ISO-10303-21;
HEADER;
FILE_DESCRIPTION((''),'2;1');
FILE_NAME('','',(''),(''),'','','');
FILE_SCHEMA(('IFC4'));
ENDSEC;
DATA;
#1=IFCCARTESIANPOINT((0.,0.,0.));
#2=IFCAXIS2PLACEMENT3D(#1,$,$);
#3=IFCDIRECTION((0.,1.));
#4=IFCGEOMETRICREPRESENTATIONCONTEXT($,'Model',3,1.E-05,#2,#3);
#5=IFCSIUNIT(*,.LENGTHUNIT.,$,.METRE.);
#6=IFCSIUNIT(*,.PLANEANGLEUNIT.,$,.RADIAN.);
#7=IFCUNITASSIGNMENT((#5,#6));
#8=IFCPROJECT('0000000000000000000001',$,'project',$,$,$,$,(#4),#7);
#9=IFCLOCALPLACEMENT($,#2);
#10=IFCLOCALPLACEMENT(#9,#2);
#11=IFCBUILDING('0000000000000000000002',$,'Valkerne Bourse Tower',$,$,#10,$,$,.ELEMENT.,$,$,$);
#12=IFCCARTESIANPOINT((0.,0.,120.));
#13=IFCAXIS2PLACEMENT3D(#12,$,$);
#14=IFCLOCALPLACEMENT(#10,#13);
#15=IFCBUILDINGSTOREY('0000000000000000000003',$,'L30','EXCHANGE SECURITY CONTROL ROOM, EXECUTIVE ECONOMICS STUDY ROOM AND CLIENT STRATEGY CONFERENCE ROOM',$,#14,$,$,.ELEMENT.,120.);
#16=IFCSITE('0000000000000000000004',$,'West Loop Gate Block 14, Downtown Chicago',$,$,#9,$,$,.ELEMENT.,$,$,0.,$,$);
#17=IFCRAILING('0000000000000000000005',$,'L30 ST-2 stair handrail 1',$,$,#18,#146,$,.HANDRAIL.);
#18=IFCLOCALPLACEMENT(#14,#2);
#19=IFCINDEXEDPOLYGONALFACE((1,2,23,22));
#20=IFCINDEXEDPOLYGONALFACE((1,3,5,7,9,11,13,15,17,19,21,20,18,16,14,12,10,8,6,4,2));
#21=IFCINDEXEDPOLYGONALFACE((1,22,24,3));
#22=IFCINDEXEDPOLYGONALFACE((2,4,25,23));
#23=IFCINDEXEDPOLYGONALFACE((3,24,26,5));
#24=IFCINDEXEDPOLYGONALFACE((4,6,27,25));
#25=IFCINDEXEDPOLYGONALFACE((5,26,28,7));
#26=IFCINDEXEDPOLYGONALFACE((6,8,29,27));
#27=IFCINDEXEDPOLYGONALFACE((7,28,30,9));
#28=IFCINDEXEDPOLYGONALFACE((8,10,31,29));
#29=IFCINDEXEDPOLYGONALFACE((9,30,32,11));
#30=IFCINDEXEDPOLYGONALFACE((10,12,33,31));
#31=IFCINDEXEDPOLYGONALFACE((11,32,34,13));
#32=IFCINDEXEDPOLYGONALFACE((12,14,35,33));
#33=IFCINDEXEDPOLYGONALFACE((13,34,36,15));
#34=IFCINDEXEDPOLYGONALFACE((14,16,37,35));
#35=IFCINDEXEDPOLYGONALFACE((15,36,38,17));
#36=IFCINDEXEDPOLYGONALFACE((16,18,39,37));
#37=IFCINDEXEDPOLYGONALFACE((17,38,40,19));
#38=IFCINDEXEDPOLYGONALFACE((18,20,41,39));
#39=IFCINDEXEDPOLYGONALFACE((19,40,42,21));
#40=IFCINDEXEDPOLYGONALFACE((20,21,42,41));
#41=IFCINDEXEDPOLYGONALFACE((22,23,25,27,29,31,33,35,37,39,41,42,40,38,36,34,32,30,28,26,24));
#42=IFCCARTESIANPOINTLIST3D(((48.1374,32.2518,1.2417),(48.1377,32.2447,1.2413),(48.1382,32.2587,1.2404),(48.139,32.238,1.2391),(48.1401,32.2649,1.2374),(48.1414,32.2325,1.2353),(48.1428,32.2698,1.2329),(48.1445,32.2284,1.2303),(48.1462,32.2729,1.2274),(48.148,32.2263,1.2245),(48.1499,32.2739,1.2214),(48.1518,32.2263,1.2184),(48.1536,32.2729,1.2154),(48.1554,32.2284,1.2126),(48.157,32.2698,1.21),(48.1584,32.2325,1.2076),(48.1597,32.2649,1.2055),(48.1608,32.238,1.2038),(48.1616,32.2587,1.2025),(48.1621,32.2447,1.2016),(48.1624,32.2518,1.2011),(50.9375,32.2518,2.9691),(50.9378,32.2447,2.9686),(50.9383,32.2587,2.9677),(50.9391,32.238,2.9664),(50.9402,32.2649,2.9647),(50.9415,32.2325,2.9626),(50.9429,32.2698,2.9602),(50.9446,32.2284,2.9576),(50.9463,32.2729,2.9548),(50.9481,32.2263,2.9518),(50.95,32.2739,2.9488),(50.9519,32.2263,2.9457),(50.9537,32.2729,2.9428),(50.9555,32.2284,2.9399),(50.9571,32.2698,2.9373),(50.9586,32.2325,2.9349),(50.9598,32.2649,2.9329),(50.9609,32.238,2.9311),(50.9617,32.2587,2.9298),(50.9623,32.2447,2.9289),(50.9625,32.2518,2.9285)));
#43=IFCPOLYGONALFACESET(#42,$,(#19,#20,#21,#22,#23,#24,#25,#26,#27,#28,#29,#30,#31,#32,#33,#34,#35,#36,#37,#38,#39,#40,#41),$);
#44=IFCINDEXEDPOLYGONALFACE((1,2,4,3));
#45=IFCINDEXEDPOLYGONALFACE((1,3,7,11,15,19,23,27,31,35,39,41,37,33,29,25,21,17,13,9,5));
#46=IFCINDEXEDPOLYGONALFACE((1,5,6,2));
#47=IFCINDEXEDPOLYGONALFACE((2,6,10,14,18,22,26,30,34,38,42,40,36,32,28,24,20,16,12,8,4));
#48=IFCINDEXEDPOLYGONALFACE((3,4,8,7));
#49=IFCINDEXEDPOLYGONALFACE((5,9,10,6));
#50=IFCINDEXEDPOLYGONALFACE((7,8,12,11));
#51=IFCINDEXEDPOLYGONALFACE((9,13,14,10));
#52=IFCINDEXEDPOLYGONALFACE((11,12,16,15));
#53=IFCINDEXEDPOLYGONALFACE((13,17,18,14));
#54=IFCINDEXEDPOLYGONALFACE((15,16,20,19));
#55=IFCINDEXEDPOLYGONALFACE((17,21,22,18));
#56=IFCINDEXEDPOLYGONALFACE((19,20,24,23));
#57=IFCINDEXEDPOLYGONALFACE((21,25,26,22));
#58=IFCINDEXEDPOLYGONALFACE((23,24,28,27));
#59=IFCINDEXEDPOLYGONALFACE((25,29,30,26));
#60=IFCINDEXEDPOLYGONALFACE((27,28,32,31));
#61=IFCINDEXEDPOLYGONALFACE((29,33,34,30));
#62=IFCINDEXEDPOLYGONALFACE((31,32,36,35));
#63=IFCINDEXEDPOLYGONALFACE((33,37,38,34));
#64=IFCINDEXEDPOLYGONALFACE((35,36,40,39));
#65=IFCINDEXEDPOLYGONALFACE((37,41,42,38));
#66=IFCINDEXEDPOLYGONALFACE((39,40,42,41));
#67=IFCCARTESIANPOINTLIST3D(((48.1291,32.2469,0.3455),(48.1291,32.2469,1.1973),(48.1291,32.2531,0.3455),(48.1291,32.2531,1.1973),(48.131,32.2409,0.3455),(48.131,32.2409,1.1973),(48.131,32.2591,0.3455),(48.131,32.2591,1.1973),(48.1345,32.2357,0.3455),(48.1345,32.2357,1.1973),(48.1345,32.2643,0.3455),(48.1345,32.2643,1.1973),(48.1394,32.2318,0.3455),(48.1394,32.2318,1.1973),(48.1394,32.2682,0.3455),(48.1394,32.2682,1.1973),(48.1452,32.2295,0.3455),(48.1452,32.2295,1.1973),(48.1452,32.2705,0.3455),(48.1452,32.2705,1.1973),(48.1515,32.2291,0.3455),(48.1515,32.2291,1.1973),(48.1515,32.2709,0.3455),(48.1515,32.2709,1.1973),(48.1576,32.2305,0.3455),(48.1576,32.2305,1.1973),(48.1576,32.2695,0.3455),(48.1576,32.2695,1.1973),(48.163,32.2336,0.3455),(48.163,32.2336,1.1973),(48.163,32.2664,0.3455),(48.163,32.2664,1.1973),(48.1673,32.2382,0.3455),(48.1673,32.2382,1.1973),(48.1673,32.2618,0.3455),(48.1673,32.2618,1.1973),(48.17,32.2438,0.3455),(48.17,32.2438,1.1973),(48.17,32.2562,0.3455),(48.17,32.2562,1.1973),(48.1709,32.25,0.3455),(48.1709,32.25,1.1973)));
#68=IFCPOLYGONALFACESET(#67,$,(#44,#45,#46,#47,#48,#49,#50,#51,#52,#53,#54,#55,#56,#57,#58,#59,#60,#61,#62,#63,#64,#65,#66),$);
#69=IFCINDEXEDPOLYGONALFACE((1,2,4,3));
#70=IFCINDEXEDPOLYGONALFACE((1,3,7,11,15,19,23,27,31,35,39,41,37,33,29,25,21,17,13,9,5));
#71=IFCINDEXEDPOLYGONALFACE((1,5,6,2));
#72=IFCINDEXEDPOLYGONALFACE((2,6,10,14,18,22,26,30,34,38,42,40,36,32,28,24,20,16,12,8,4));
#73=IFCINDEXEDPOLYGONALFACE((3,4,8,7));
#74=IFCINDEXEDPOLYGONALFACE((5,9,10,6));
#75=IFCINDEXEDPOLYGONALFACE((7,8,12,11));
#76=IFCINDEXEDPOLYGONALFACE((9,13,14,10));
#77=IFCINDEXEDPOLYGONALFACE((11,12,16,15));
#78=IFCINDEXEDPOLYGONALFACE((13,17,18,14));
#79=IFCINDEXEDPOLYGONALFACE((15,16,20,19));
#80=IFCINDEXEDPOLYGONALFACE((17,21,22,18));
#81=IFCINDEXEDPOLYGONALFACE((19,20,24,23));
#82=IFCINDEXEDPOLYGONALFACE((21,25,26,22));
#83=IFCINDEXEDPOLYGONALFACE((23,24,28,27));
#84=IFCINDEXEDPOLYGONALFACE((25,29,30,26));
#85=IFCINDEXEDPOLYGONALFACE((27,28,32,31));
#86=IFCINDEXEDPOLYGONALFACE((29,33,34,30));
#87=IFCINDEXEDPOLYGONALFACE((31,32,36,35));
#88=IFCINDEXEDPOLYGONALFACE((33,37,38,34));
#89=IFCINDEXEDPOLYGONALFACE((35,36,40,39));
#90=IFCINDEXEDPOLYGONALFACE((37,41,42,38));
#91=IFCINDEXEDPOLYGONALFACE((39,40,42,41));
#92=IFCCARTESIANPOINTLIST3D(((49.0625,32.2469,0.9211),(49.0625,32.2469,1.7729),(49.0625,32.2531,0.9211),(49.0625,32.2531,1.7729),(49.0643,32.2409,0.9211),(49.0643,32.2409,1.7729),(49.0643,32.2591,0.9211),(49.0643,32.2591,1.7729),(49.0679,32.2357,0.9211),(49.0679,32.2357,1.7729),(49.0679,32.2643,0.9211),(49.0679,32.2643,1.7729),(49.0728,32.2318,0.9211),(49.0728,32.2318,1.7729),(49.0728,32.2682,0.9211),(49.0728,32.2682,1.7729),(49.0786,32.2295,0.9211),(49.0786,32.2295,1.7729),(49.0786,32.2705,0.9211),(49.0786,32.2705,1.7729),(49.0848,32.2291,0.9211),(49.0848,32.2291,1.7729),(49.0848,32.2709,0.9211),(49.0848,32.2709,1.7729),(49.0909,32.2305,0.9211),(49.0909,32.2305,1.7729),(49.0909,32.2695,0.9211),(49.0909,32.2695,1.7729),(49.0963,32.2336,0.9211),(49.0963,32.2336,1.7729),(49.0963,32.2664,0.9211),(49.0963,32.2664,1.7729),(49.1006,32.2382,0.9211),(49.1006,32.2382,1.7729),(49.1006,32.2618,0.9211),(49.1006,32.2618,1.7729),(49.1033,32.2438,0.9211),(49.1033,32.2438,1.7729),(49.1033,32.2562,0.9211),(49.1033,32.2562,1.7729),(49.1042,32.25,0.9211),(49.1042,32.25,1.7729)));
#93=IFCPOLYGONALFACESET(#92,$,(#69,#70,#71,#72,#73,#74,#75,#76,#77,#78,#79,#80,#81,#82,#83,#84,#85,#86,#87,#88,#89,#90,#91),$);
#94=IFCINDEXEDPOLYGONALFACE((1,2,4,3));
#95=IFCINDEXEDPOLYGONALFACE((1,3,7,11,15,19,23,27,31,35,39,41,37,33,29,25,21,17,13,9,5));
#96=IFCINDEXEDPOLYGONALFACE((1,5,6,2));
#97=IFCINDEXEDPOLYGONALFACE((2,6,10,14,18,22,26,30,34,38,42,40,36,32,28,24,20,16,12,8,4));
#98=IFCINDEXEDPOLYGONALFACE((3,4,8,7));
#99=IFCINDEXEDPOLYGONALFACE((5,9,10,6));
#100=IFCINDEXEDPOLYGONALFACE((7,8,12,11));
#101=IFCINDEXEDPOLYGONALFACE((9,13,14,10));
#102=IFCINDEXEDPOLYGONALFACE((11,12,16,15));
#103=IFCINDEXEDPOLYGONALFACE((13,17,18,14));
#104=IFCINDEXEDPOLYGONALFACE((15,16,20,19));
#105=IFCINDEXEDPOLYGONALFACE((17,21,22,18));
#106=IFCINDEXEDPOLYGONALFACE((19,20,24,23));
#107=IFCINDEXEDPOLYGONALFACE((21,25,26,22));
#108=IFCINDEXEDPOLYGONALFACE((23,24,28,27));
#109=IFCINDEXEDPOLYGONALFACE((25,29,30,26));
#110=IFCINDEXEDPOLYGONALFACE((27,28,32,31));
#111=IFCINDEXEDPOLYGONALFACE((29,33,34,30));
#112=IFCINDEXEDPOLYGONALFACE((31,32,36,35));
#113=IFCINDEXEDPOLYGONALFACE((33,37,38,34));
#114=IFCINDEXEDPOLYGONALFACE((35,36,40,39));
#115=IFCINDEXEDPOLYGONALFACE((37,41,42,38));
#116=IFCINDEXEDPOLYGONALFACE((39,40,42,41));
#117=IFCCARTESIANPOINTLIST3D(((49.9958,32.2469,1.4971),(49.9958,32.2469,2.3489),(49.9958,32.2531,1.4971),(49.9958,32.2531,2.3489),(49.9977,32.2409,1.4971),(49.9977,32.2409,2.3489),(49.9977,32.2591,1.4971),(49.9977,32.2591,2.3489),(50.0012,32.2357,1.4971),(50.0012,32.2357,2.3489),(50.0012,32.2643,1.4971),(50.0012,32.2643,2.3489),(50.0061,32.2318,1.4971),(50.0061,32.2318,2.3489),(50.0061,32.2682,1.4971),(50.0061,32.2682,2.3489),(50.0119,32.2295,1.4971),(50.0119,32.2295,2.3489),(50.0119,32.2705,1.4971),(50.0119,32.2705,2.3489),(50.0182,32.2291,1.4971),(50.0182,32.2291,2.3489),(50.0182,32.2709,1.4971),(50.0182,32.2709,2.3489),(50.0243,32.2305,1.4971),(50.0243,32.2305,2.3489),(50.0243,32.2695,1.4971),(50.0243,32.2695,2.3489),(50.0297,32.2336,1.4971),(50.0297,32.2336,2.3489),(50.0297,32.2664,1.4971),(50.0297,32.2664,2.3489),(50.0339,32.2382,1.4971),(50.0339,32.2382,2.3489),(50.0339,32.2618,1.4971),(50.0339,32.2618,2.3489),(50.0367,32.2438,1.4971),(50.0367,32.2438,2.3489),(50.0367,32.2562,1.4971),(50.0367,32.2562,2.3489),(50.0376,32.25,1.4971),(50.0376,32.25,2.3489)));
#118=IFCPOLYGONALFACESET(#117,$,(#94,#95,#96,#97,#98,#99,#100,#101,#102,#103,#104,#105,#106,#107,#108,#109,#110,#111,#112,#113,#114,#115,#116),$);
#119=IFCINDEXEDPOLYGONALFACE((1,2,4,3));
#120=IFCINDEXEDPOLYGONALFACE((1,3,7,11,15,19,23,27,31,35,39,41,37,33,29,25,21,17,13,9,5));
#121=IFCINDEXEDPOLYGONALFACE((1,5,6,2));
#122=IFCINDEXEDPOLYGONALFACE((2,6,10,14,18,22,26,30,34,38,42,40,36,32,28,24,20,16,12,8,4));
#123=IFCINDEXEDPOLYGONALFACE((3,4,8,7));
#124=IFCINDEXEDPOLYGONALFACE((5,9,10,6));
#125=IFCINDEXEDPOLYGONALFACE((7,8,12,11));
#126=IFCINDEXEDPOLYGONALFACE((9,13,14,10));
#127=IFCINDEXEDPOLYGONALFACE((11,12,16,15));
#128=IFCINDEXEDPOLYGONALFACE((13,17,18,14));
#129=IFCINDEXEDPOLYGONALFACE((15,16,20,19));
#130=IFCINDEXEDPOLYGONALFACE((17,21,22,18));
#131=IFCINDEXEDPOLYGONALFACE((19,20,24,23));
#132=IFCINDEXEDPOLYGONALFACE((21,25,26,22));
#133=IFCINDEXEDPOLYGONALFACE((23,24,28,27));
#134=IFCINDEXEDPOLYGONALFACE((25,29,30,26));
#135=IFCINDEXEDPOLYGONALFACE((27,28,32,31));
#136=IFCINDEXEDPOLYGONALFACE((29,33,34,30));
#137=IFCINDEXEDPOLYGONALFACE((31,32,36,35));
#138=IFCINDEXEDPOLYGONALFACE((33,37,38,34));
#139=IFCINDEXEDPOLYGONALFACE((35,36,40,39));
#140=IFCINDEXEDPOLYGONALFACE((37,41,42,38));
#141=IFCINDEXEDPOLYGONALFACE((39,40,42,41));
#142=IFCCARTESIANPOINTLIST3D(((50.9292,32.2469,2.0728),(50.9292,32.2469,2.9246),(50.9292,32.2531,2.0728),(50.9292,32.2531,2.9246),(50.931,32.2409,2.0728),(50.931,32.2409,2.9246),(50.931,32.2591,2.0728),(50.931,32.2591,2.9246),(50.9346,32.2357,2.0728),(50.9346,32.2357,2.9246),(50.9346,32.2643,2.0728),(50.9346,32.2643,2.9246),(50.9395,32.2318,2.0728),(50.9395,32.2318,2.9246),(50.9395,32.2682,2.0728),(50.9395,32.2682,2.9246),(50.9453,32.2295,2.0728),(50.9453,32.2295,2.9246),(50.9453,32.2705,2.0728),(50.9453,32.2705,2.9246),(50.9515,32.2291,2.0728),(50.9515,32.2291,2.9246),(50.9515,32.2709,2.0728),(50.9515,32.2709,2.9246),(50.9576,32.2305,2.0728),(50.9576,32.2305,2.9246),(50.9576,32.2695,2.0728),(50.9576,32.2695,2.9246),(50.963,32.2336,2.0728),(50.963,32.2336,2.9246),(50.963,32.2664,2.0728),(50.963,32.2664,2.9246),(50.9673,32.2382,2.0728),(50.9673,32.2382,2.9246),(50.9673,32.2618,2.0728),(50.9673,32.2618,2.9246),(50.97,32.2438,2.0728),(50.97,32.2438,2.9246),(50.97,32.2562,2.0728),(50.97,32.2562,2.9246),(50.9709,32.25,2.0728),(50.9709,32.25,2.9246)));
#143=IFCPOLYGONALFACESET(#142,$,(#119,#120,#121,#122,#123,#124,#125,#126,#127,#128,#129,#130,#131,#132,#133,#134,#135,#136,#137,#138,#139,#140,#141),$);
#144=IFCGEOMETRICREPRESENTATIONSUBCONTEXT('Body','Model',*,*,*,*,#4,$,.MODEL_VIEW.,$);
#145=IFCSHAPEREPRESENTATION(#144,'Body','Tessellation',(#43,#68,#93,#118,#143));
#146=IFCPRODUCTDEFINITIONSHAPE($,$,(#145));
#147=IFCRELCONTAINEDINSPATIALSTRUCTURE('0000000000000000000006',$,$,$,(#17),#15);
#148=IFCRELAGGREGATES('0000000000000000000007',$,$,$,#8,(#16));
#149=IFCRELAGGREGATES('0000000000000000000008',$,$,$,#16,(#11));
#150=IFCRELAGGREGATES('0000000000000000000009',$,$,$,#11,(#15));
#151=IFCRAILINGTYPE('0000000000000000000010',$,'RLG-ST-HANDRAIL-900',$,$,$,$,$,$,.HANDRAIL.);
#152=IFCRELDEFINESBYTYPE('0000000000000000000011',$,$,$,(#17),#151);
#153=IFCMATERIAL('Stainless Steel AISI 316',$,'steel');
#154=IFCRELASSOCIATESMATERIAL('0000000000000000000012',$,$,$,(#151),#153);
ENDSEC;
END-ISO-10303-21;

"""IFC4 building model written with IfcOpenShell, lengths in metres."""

from ifc_helpers import new_model, si_unit, direction, frame, origin, origin_2d, place, context, subcontext, project, spatial, circle, extrude, material, type_object, element, save


model = new_model("IFC4")

# Units and contexts
model_context = context("Model", 3, precision=1e-05, world=origin(), true_north=direction((0.0, 1.0)))
body_context = subcontext(model_context, "Body", "Model", "MODEL_VIEW")
ifc_project = project(units=[si_unit("LENGTHUNIT", "METRE"), si_unit("PLANEANGLEUNIT", "RADIAN")], contexts=[model_context])

# Site, building, storey
site_placement = place(None, origin())
site = spatial("IfcSite", under=ifc_project, at=site_placement, Name="West Loop Gate Block 14, Downtown Chicago", CompositionType="ELEMENT", RefElevation=0.0)
building_placement = place(site_placement, origin())
building = spatial("IfcBuilding", under=site, at=building_placement, Name="Valkerne Bourse Tower", CompositionType="ELEMENT")
storey_placement = place(building_placement, frame((0.0, 0.0, 120.0)))
storey = spatial("IfcBuildingStorey", under=building, at=storey_placement, Name="L30", Description="EXCHANGE SECURITY CONTROL ROOM, EXECUTIVE ECONOMICS STUDY ROOM AND CLIENT STRATEGY CONFERENCE ROOM", CompositionType="ELEMENT", Elevation=120.0)

# Shared definitions
ifc_material_1 = material(Name="Stainless Steel AISI 316", Category="steel")

# Railing
railing_type_1 = type_object("IfcRailingType", Name="RLG-ST-HANDRAIL-900", PredefinedType="HANDRAIL", material=ifc_material_1)
railing_1_placement = place(storey_placement, frame((48.1499, 32.25, 0.3455)))
element("IfcRailing", 1, at=railing_1_placement, inside=storey, type_object=railing_type_1, Name="L30 ST-2 stair handrail 1", PredefinedType="HANDRAIL", context=body_context, shape_type="SweptSolid", body=[
    extrude(circle(Radius=0.0239, at=origin_2d()), frame((0.0, 0.0, 0.876), z_axis=(0.85109, 0.0, 0.52502), x_axis=(0.0, 1.0, 0.0)), (0.0, 0.0, 1.0), 3.29),
    extrude(circle(Radius=0.021, at=origin_2d()), origin(), (0.0, 0.0, 1.0), 0.8518),
    extrude(circle(Radius=0.021, at=origin_2d()), frame((0.9333, 0.0, 0.5757)), (0.0, 0.0, 1.0), 0.8518),
    extrude(circle(Radius=0.021, at=origin_2d()), frame((1.8667, 0.0, 1.1516)), (0.0, 0.0, 1.0), 0.8518),
    extrude(circle(Radius=0.021, at=origin_2d()), frame((2.8, 0.0, 1.7273)), (0.0, 0.0, 1.0), 0.8518),
])

save(model, "model.ifc")
